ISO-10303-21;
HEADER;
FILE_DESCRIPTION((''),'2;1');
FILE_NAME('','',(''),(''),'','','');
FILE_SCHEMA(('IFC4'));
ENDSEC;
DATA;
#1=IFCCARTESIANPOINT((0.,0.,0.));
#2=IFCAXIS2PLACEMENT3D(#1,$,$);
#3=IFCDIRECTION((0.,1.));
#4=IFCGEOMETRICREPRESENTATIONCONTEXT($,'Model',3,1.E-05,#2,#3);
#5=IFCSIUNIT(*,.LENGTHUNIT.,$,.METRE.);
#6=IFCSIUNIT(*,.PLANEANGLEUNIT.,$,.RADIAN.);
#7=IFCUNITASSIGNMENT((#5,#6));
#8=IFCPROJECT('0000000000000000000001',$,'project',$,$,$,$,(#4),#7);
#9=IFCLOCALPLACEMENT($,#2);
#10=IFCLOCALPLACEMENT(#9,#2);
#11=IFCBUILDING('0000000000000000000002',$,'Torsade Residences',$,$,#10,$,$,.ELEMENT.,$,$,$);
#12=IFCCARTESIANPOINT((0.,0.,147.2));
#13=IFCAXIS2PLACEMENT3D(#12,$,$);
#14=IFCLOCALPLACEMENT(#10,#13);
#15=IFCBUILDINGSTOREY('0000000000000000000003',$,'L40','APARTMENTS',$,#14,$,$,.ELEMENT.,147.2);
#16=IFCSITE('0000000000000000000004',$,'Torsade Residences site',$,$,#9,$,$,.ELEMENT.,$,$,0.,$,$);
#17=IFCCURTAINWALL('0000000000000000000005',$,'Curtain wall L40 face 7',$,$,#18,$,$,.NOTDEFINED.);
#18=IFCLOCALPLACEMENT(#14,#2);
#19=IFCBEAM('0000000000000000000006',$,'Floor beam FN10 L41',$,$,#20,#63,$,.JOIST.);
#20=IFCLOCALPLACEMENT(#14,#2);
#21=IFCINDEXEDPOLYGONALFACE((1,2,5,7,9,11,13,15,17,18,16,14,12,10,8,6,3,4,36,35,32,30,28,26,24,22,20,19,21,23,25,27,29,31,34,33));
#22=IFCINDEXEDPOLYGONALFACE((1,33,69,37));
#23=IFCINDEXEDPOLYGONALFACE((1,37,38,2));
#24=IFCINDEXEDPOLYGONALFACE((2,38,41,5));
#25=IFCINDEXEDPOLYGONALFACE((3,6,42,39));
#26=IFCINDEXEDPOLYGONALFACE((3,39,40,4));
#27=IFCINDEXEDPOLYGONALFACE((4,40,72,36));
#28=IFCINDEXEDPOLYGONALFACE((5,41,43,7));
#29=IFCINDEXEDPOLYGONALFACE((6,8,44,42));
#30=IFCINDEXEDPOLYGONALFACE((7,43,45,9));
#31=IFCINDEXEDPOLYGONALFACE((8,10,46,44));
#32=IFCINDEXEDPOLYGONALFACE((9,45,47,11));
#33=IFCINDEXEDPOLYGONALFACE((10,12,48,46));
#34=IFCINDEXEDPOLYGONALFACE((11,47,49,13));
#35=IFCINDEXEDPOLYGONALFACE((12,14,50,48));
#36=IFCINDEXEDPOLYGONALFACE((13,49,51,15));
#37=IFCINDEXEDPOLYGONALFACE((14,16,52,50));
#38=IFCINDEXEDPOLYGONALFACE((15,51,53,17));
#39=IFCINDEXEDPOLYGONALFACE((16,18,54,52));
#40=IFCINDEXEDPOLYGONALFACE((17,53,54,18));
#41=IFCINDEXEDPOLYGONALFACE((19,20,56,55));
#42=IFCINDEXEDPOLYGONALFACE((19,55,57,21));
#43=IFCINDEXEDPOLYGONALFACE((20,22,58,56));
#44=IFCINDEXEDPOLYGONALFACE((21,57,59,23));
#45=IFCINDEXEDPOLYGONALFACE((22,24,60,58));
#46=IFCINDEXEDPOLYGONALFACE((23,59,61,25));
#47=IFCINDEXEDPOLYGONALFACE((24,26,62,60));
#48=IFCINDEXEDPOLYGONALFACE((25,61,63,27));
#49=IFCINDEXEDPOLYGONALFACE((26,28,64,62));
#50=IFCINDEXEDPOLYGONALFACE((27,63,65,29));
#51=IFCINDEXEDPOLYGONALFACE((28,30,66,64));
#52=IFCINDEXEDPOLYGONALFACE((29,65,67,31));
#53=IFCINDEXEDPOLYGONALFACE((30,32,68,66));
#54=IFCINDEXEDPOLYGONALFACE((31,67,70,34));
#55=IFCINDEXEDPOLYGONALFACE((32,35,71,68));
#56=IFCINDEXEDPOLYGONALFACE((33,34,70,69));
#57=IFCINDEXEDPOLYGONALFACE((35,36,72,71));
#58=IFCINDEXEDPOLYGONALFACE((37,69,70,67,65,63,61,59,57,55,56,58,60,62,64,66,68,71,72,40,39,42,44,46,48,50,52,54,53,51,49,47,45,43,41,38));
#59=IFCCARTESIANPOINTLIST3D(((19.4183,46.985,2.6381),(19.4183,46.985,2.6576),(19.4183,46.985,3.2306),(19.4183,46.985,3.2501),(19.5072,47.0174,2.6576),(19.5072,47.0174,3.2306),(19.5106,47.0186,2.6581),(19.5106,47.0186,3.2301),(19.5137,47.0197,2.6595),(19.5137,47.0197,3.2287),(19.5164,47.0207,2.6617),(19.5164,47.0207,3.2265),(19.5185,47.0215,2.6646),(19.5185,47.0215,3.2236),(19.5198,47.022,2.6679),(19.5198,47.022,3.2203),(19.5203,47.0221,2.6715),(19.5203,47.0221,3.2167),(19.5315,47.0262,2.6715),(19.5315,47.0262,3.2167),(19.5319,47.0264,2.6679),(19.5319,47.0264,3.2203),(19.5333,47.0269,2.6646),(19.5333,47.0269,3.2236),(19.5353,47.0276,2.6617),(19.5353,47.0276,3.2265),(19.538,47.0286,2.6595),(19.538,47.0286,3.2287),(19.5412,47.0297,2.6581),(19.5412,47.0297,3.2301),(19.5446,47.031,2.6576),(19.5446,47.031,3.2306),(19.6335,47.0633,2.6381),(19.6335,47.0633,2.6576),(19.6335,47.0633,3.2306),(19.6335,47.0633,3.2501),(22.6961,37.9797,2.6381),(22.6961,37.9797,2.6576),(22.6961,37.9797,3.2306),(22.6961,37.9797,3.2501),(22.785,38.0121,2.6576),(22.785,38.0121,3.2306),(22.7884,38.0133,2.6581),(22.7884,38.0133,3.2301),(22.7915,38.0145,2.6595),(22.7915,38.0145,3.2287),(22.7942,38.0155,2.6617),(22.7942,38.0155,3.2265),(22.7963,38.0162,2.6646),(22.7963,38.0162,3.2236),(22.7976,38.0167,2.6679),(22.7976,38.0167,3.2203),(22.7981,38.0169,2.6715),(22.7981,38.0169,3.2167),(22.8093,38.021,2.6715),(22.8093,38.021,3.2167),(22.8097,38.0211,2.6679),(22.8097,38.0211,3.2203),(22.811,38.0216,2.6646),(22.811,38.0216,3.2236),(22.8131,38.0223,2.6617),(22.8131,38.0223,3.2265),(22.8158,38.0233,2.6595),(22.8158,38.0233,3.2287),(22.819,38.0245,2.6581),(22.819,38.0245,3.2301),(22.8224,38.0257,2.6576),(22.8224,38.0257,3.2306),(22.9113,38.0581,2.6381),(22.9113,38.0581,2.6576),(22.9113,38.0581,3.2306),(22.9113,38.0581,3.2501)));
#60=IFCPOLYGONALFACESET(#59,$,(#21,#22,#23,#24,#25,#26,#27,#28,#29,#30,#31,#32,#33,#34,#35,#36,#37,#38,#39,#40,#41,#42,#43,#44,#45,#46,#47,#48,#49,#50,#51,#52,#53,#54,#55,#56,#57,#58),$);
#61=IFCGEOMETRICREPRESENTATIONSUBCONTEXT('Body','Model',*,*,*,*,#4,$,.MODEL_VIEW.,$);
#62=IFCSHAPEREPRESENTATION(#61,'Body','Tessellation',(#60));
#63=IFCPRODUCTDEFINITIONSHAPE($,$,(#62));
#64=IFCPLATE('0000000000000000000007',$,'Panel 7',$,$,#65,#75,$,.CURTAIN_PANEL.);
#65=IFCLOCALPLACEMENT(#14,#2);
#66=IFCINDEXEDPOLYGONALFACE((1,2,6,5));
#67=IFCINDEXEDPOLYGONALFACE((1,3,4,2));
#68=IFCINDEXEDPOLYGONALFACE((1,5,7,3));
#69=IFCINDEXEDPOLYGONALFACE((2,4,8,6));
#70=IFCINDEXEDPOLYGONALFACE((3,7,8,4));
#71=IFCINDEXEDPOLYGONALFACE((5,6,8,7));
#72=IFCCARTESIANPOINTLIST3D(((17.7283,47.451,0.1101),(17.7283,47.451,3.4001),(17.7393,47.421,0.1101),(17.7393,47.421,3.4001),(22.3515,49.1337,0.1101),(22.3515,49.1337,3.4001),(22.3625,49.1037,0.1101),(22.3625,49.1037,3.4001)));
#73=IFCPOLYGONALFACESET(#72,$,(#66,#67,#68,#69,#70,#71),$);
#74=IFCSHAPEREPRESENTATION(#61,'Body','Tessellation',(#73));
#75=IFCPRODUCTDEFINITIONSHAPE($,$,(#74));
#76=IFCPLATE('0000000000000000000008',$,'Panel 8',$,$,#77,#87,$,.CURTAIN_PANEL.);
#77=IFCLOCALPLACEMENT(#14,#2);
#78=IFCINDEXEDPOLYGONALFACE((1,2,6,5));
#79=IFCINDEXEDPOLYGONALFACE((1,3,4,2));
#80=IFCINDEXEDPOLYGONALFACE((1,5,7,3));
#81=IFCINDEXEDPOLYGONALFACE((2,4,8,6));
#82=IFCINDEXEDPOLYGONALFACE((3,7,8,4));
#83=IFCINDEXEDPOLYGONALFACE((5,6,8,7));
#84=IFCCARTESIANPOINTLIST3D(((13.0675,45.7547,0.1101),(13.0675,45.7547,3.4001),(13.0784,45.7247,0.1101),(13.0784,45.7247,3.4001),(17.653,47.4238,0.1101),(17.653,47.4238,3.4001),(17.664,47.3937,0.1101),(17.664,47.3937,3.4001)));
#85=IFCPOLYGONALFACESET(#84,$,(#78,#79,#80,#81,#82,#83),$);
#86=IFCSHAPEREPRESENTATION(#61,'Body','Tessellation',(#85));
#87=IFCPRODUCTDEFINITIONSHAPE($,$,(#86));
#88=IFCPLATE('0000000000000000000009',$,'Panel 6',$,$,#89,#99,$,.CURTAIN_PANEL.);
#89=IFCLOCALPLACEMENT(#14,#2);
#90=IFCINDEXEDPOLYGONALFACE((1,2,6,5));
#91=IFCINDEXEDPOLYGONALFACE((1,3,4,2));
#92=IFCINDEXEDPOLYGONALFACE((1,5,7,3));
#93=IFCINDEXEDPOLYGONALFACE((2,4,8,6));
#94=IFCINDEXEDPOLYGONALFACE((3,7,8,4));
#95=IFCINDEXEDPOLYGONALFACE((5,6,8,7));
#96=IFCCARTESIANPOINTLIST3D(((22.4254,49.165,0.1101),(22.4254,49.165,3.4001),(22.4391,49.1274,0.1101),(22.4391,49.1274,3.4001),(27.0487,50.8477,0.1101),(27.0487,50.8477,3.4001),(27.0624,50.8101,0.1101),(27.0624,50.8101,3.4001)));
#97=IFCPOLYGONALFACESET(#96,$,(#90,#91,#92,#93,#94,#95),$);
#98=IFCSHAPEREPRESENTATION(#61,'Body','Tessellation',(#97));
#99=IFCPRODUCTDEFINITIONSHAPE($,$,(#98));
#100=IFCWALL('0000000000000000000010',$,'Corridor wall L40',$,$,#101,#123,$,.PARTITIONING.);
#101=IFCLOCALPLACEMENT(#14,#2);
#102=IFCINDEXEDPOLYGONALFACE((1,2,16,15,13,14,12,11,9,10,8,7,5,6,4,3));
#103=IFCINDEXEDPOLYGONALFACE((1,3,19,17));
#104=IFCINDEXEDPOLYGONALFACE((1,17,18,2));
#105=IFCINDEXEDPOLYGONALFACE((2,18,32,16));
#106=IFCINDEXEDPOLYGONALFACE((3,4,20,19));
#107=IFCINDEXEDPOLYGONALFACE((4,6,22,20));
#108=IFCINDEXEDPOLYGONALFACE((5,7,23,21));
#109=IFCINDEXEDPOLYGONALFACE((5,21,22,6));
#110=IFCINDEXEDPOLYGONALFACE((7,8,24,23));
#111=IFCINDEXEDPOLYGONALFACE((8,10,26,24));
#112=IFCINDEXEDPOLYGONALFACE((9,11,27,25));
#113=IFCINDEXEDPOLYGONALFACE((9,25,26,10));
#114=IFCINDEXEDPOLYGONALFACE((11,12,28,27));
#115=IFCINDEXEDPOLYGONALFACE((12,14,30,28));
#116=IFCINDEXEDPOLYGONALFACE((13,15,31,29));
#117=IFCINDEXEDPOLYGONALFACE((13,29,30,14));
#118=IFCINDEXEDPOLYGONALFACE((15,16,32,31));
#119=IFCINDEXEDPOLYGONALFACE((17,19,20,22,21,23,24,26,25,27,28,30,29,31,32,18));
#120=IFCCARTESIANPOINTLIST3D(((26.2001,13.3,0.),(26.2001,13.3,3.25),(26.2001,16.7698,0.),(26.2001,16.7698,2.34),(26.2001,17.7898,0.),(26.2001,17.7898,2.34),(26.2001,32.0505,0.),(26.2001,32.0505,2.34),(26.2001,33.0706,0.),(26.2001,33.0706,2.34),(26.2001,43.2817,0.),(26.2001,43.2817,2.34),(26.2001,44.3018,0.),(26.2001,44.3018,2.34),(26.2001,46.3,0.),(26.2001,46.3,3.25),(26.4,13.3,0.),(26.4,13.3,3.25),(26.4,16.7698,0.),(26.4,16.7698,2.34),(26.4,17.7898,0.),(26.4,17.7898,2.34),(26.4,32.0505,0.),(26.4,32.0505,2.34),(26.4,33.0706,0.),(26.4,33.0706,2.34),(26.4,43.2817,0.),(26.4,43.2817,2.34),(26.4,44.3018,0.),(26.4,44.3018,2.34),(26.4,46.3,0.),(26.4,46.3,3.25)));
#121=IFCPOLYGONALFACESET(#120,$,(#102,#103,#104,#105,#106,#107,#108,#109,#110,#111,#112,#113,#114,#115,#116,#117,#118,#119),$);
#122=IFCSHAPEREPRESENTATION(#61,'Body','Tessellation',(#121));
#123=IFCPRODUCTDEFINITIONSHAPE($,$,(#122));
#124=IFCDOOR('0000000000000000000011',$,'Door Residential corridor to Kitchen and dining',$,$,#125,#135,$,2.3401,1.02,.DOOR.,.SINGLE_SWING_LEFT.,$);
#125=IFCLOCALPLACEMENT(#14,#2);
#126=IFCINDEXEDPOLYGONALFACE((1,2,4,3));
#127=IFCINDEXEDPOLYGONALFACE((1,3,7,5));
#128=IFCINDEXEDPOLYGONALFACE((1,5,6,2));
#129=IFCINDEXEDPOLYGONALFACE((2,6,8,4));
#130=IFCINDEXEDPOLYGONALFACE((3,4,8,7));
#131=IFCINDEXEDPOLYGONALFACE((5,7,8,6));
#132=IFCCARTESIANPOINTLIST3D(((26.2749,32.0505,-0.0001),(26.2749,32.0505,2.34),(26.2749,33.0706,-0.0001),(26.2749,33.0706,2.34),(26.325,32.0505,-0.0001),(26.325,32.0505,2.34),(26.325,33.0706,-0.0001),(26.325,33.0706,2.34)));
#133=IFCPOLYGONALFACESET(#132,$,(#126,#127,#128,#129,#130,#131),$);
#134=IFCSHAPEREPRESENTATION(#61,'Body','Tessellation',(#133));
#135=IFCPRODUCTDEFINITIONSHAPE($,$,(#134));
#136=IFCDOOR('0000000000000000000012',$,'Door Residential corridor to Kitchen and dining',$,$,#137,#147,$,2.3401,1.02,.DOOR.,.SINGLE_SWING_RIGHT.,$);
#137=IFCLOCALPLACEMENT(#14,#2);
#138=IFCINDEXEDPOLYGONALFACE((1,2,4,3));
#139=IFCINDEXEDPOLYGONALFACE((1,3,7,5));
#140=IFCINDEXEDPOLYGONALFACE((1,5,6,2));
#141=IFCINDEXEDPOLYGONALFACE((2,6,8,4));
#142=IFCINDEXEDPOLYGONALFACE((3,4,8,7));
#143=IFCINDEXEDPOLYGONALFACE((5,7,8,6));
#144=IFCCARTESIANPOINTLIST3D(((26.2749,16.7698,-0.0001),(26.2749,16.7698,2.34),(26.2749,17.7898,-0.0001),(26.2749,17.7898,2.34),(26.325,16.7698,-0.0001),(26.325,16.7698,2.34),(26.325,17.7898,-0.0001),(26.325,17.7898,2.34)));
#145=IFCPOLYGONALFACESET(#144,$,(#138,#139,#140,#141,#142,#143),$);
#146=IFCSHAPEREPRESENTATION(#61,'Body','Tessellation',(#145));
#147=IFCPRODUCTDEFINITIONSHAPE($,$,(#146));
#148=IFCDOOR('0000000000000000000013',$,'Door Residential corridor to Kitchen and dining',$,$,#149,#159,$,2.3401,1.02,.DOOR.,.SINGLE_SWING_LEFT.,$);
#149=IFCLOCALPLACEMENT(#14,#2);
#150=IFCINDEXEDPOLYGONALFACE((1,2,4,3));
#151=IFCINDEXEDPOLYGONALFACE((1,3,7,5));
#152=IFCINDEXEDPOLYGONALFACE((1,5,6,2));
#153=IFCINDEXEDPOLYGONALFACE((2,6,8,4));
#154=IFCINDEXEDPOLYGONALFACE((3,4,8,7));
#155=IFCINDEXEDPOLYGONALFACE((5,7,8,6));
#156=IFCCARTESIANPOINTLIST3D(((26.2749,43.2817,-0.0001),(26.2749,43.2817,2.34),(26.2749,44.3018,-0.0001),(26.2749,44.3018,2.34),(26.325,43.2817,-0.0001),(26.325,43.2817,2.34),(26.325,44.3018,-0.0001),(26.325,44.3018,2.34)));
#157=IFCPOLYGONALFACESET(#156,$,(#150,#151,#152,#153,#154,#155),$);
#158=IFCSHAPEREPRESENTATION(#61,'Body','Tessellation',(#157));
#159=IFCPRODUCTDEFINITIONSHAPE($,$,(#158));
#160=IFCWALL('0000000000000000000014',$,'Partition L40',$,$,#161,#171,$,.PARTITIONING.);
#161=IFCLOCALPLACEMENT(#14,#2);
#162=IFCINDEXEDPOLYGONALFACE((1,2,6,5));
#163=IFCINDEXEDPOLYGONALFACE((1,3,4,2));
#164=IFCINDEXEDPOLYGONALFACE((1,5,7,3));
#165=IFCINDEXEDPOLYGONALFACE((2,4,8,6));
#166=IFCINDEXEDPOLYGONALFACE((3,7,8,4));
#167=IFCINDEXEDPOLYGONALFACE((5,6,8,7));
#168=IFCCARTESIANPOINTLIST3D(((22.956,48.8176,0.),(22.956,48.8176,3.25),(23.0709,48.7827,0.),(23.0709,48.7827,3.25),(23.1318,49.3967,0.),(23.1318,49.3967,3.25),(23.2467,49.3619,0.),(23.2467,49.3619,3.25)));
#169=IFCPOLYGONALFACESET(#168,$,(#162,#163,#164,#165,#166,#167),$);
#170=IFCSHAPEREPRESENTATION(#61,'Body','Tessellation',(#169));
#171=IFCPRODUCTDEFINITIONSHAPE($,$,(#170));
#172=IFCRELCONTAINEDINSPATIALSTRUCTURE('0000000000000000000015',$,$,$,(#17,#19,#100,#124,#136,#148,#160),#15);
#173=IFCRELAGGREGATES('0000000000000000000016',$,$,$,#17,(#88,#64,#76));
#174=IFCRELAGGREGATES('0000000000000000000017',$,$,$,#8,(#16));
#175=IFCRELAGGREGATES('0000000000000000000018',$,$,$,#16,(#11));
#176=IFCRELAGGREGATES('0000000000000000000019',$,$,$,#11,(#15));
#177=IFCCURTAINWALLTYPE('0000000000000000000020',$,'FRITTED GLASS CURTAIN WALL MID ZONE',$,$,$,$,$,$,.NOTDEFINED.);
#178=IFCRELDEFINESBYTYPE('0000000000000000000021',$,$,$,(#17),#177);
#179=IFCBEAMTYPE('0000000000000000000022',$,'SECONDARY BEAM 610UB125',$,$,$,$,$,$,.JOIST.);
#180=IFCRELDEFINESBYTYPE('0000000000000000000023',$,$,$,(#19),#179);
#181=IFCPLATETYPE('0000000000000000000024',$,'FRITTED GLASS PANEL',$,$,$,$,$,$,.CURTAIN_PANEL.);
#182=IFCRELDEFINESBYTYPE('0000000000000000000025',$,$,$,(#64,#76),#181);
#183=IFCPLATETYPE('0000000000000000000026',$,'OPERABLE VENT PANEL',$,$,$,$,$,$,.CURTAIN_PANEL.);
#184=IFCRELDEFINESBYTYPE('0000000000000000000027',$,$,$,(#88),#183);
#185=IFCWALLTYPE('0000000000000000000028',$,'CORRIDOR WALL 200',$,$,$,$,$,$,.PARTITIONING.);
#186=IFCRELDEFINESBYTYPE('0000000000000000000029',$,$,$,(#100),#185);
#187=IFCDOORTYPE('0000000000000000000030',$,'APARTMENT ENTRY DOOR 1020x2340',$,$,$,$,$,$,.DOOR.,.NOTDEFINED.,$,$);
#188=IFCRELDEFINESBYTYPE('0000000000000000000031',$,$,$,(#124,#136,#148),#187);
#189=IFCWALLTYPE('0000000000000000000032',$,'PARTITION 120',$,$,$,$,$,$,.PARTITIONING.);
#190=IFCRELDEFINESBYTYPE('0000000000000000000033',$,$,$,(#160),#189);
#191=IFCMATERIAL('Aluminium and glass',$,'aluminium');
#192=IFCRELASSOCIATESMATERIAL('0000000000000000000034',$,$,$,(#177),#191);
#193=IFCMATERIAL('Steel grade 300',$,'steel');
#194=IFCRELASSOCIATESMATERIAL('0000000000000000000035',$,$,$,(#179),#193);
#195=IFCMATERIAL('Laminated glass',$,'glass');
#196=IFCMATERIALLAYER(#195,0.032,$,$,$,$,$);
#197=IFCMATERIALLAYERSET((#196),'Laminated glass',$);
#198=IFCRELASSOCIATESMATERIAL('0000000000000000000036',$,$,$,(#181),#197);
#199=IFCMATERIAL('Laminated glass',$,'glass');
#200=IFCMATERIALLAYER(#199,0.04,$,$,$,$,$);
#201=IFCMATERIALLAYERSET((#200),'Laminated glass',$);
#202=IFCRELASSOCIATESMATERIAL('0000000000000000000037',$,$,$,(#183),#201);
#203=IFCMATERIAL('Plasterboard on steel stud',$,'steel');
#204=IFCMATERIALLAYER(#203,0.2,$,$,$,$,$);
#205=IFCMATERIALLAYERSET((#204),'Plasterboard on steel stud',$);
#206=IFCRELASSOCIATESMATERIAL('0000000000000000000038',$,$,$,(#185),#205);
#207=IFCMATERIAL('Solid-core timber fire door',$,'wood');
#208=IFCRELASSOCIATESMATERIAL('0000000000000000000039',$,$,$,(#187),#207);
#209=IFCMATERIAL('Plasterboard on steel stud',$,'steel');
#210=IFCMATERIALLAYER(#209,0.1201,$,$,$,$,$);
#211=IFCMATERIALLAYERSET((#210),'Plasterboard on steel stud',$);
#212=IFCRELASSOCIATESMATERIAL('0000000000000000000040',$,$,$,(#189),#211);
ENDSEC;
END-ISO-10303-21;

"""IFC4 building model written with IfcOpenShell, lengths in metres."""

from ifc_helpers import new_model, si_unit, direction, frame, frame_2d, origin, origin_2d, place, context, subcontext, project, spatial, rectangle, i_section, extrude, material, layer, layer_set, material_profile, profile_set, type_object, element, fill, aggregate, save


model = new_model("IFC4")

# Units and contexts
model_context = context("Model", 3, precision=1e-05, world=origin(), true_north=direction((0.0, 1.0)))
body_context = subcontext(model_context, "Body", "Model", "MODEL_VIEW")
ifc_project = project(units=[si_unit("LENGTHUNIT", "METRE"), si_unit("PLANEANGLEUNIT", "RADIAN")], contexts=[model_context])

# Site, building, storey
site_placement = place(None, origin())
site = spatial("IfcSite", under=ifc_project, at=site_placement, Name="Torsade Residences site", CompositionType="ELEMENT", RefElevation=0.0)
building_placement = place(site_placement, origin())
building = spatial("IfcBuilding", under=site, at=building_placement, Name="Torsade Residences", CompositionType="ELEMENT")
storey_placement = place(building_placement, frame((0.0, 0.0, 147.2)))
storey = spatial("IfcBuildingStorey", under=building, at=storey_placement, Name="L40", Description="APARTMENTS", CompositionType="ELEMENT", Elevation=147.2)

# Curtain wall
ifc_material_1 = material(Name="Aluminium and glass", Category="aluminium")
curtain_wall_type = type_object("IfcCurtainWallType", Name="FRITTED GLASS CURTAIN WALL MID ZONE", PredefinedType="NOTDEFINED", material=ifc_material_1)
curtain_wall_placement = place(storey_placement, origin())
curtain_wall = element("IfcCurtainWall", 1, at=curtain_wall_placement, inside=storey, type_object=curtain_wall_type, Name="Curtain wall L40 face 7", PredefinedType="NOTDEFINED")

# Beam
ifc_material_2 = material(Name="Steel grade 300", Category="steel")
ifc_material_profile_1 = material_profile(ifc_material_2, i_section(OverallWidth=0.229, OverallDepth=0.6121, WebThickness=0.012, FlangeThickness=0.0195, FilletRadius=0.0139, at=origin_2d()), Name="610UB125")
ifc_profile_set_1 = profile_set([ifc_material_profile_1], Name="Steel grade 300")
beam_type_1 = type_object("IfcBeamType", Name="SECONDARY BEAM 610UB125", PredefinedType="JOIST", material=ifc_profile_set_1)
beam_1_placement = place(storey_placement, frame((19.5259, 47.0242, 2.9441), z_axis=(0.342034, -0.939688, 0.0), x_axis=(0.939688, 0.342034, 0.0)))
element("IfcBeam", 2, at=beam_1_placement, inside=storey, type_object=beam_type_1, Name="Floor beam FN10 L41", PredefinedType="JOIST", context=body_context, shape_type="SweptSolid", body=[
    extrude(i_section(OverallWidth=0.229, OverallDepth=0.6121, WebThickness=0.012, FlangeThickness=0.0195, FilletRadius=0.0139, at=origin_2d()), origin(), (0.0, 0.0, 1.0), 9.5833),
])

# Plates
ifc_material_3 = material(Name="Laminated glass", Category="glass")
ifc_layer_1 = layer(ifc_material_3, 0.032)
ifc_layer_set_1 = layer_set([ifc_layer_1], Name="Laminated glass")
plate_type_1 = type_object("IfcPlateType", Name="FRITTED GLASS PANEL", PredefinedType="CURTAIN_PANEL", material=ifc_layer_set_1)
plate_1_placement = place(storey_placement, frame((20.0454, 48.2773, 0.1101), z_axis=(0.0, 0.0, 1.0), x_axis=(-0.939693, -0.34202, 0.0)))
plate_1 = element("IfcPlate", 3, at=plate_1_placement, type_object=plate_type_1, Name="Panel 7", PredefinedType="CURTAIN_PANEL", context=body_context, shape_type="SweptSolid", body=[
    extrude(rectangle(XDim=4.9199, YDim=0.032, at=origin_2d()), origin(), (0.0, 0.0, 1.0), 3.29),
])
plate_2_placement = place(storey_placement, frame((15.3657, 46.5742, 0.1101), z_axis=(0.0, 0.0, 1.0), x_axis=(-0.939693, -0.34202, 0.0)))
plate_2 = element("IfcPlate", 4, at=plate_2_placement, type_object=plate_type_1, Name="Panel 8", PredefinedType="CURTAIN_PANEL", context=body_context, shape_type="SweptSolid", body=[
    extrude(rectangle(XDim=4.8799, YDim=0.032, at=origin_2d()), origin(), (0.0, 0.0, 1.0), 3.29),
])
ifc_material_4 = material(Name="Laminated glass", Category="glass")
ifc_layer_2 = layer(ifc_material_4, 0.04)
ifc_layer_set_2 = layer_set([ifc_layer_2], Name="Laminated glass")
plate_type_2 = type_object("IfcPlateType", Name="OPERABLE VENT PANEL", PredefinedType="CURTAIN_PANEL", material=ifc_layer_set_2)
plate_3_placement = place(storey_placement, frame((24.7439, 49.9875, 0.1101), z_axis=(0.0, 0.0, 1.0), x_axis=(-0.939693, -0.34202, 0.0)))
plate_3 = element("IfcPlate", 5, at=plate_3_placement, type_object=plate_type_2, Name="Panel 6", PredefinedType="CURTAIN_PANEL", context=body_context, shape_type="SweptSolid", body=[
    extrude(rectangle(XDim=4.9199, YDim=0.04, at=origin_2d()), origin(), (0.0, 0.0, 1.0), 3.29),
])
aggregate(curtain_wall, [plate_3, plate_1, plate_2])

# Wall, openings, doors
ifc_material_5 = material(Name="Plasterboard on steel stud", Category="steel")
ifc_layer_3 = layer(ifc_material_5, 0.2)
ifc_layer_set_3 = layer_set([ifc_layer_3], Name="Plasterboard on steel stud")
wall_type_1 = type_object("IfcWallType", Name="CORRIDOR WALL 200", PredefinedType="PARTITIONING", material=ifc_layer_set_3)
wall_1_placement = place(storey_placement, frame((26.3, 46.3, 0.0), z_axis=(0.0, 0.0, 1.0), x_axis=(0.0, -1.0, 0.0)))
wall_1 = element("IfcWall", 6, at=wall_1_placement, inside=storey, type_object=wall_type_1, Name="Corridor wall L40", PredefinedType="PARTITIONING", context=body_context, shape_type="SweptSolid", body=[
    extrude(rectangle(XDim=33.0, YDim=0.2, at=frame_2d((16.5, 0.0))), origin(), (0.0, 0.0, 1.0), 3.25),
])
opening_1_placement = place(wall_1_placement, frame((13.2295, 0.0, 0.0)))
opening_1 = element("IfcOpeningElement", 7, at=opening_1_placement, cuts=wall_1, PredefinedType="OPENING", context=body_context, shape_type="SweptSolid", body=[
    extrude(rectangle(XDim=1.02, YDim=2.3401, at=frame_2d((0.51, 1.1699))), frame((0.0, 0.1099, 0.0), z_axis=(0.0, -1.0, 0.0), x_axis=(1.0, 0.0, 0.0)), (0.0, 0.0, 1.0), 0.22),
])
opening_2_placement = place(wall_1_placement, frame((28.5103, 0.0, 0.0)))
opening_2 = element("IfcOpeningElement", 8, at=opening_2_placement, cuts=wall_1, PredefinedType="OPENING", context=body_context, shape_type="SweptSolid", body=[
    extrude(rectangle(XDim=1.02, YDim=2.3401, at=frame_2d((0.51, 1.1699))), frame((0.0, 0.1099, 0.0), z_axis=(0.0, -1.0, 0.0), x_axis=(1.0, 0.0, 0.0)), (0.0, 0.0, 1.0), 0.22),
])
opening_3_placement = place(wall_1_placement, frame((1.9983, 0.0, 0.0)))
opening_3 = element("IfcOpeningElement", 9, at=opening_3_placement, cuts=wall_1, PredefinedType="OPENING", context=body_context, shape_type="SweptSolid", body=[
    extrude(rectangle(XDim=1.02, YDim=2.3401, at=frame_2d((0.51, 1.1699))), frame((0.0, 0.1099, 0.0), z_axis=(0.0, -1.0, 0.0), x_axis=(1.0, 0.0, 0.0)), (0.0, 0.0, 1.0), 0.22),
])
ifc_material_6 = material(Name="Solid-core timber fire door", Category="wood")
door_type_1 = type_object("IfcDoorType", Name="APARTMENT ENTRY DOOR 1020x2340", OperationType="NOTDEFINED", PredefinedType="DOOR", material=ifc_material_6)
door_1_placement = place(opening_1_placement, origin())
door_1 = element("IfcDoor", 10, at=door_1_placement, inside=storey, type_object=door_type_1, Name="Door Residential corridor to Kitchen and dining", OperationType="SINGLE_SWING_LEFT", OverallHeight=2.3401, OverallWidth=1.02, PredefinedType="DOOR", context=body_context, shape_type="SweptSolid", body=[
    extrude(rectangle(XDim=1.02, YDim=2.3401, at=frame_2d((0.51, 1.1699))), frame((0.0, 0.0249, 0.0), z_axis=(0.0, -1.0, 0.0), x_axis=(1.0, 0.0, 0.0)), (0.0, 0.0, 1.0), 0.05),
])
fill(opening_1, door_1)
door_2_placement = place(opening_2_placement, origin())
door_2 = element("IfcDoor", 11, at=door_2_placement, inside=storey, type_object=door_type_1, Name="Door Residential corridor to Kitchen and dining", OperationType="SINGLE_SWING_RIGHT", OverallHeight=2.3401, OverallWidth=1.02, PredefinedType="DOOR", context=body_context, shape_type="SweptSolid", body=[
    extrude(rectangle(XDim=1.02, YDim=2.3401, at=frame_2d((0.51, 1.1699))), frame((0.0, 0.0249, 0.0), z_axis=(0.0, -1.0, 0.0), x_axis=(1.0, 0.0, 0.0)), (0.0, 0.0, 1.0), 0.05),
])
fill(opening_2, door_2)
door_3_placement = place(opening_3_placement, origin())
door_3 = element("IfcDoor", 12, at=door_3_placement, inside=storey, type_object=door_type_1, Name="Door Residential corridor to Kitchen and dining", OperationType="SINGLE_SWING_LEFT", OverallHeight=2.3401, OverallWidth=1.02, PredefinedType="DOOR", context=body_context, shape_type="SweptSolid", body=[
    extrude(rectangle(XDim=1.02, YDim=2.3401, at=frame_2d((0.51, 1.1699))), frame((0.0, 0.0249, 0.0), z_axis=(0.0, -1.0, 0.0), x_axis=(1.0, 0.0, 0.0)), (0.0, 0.0, 1.0), 0.05),
])
fill(opening_3, door_3)

# Wall
ifc_material_7 = material(Name="Plasterboard on steel stud", Category="steel")
ifc_layer_4 = layer(ifc_material_7, 0.1201)
ifc_layer_set_4 = layer_set([ifc_layer_4], Name="Plasterboard on steel stud")
wall_type_2 = type_object("IfcWallType", Name="PARTITION 120", PredefinedType="PARTITIONING", material=ifc_layer_set_4)
wall_2_placement = place(storey_placement, frame((23.0134, 48.8, 0.0), z_axis=(0.0, 0.0, 1.0), x_axis=(0.290455, 0.956889, 0.0)))
element("IfcWall", 13, at=wall_2_placement, inside=storey, type_object=wall_type_2, Name="Partition L40", PredefinedType="PARTITIONING", context=body_context, shape_type="SweptSolid", body=[
    extrude(rectangle(XDim=0.6052, YDim=0.1201, at=frame_2d((0.3027, 0.0))), origin(), (0.0, 0.0, 1.0), 3.25),
])

save(model, "model.ifc")
